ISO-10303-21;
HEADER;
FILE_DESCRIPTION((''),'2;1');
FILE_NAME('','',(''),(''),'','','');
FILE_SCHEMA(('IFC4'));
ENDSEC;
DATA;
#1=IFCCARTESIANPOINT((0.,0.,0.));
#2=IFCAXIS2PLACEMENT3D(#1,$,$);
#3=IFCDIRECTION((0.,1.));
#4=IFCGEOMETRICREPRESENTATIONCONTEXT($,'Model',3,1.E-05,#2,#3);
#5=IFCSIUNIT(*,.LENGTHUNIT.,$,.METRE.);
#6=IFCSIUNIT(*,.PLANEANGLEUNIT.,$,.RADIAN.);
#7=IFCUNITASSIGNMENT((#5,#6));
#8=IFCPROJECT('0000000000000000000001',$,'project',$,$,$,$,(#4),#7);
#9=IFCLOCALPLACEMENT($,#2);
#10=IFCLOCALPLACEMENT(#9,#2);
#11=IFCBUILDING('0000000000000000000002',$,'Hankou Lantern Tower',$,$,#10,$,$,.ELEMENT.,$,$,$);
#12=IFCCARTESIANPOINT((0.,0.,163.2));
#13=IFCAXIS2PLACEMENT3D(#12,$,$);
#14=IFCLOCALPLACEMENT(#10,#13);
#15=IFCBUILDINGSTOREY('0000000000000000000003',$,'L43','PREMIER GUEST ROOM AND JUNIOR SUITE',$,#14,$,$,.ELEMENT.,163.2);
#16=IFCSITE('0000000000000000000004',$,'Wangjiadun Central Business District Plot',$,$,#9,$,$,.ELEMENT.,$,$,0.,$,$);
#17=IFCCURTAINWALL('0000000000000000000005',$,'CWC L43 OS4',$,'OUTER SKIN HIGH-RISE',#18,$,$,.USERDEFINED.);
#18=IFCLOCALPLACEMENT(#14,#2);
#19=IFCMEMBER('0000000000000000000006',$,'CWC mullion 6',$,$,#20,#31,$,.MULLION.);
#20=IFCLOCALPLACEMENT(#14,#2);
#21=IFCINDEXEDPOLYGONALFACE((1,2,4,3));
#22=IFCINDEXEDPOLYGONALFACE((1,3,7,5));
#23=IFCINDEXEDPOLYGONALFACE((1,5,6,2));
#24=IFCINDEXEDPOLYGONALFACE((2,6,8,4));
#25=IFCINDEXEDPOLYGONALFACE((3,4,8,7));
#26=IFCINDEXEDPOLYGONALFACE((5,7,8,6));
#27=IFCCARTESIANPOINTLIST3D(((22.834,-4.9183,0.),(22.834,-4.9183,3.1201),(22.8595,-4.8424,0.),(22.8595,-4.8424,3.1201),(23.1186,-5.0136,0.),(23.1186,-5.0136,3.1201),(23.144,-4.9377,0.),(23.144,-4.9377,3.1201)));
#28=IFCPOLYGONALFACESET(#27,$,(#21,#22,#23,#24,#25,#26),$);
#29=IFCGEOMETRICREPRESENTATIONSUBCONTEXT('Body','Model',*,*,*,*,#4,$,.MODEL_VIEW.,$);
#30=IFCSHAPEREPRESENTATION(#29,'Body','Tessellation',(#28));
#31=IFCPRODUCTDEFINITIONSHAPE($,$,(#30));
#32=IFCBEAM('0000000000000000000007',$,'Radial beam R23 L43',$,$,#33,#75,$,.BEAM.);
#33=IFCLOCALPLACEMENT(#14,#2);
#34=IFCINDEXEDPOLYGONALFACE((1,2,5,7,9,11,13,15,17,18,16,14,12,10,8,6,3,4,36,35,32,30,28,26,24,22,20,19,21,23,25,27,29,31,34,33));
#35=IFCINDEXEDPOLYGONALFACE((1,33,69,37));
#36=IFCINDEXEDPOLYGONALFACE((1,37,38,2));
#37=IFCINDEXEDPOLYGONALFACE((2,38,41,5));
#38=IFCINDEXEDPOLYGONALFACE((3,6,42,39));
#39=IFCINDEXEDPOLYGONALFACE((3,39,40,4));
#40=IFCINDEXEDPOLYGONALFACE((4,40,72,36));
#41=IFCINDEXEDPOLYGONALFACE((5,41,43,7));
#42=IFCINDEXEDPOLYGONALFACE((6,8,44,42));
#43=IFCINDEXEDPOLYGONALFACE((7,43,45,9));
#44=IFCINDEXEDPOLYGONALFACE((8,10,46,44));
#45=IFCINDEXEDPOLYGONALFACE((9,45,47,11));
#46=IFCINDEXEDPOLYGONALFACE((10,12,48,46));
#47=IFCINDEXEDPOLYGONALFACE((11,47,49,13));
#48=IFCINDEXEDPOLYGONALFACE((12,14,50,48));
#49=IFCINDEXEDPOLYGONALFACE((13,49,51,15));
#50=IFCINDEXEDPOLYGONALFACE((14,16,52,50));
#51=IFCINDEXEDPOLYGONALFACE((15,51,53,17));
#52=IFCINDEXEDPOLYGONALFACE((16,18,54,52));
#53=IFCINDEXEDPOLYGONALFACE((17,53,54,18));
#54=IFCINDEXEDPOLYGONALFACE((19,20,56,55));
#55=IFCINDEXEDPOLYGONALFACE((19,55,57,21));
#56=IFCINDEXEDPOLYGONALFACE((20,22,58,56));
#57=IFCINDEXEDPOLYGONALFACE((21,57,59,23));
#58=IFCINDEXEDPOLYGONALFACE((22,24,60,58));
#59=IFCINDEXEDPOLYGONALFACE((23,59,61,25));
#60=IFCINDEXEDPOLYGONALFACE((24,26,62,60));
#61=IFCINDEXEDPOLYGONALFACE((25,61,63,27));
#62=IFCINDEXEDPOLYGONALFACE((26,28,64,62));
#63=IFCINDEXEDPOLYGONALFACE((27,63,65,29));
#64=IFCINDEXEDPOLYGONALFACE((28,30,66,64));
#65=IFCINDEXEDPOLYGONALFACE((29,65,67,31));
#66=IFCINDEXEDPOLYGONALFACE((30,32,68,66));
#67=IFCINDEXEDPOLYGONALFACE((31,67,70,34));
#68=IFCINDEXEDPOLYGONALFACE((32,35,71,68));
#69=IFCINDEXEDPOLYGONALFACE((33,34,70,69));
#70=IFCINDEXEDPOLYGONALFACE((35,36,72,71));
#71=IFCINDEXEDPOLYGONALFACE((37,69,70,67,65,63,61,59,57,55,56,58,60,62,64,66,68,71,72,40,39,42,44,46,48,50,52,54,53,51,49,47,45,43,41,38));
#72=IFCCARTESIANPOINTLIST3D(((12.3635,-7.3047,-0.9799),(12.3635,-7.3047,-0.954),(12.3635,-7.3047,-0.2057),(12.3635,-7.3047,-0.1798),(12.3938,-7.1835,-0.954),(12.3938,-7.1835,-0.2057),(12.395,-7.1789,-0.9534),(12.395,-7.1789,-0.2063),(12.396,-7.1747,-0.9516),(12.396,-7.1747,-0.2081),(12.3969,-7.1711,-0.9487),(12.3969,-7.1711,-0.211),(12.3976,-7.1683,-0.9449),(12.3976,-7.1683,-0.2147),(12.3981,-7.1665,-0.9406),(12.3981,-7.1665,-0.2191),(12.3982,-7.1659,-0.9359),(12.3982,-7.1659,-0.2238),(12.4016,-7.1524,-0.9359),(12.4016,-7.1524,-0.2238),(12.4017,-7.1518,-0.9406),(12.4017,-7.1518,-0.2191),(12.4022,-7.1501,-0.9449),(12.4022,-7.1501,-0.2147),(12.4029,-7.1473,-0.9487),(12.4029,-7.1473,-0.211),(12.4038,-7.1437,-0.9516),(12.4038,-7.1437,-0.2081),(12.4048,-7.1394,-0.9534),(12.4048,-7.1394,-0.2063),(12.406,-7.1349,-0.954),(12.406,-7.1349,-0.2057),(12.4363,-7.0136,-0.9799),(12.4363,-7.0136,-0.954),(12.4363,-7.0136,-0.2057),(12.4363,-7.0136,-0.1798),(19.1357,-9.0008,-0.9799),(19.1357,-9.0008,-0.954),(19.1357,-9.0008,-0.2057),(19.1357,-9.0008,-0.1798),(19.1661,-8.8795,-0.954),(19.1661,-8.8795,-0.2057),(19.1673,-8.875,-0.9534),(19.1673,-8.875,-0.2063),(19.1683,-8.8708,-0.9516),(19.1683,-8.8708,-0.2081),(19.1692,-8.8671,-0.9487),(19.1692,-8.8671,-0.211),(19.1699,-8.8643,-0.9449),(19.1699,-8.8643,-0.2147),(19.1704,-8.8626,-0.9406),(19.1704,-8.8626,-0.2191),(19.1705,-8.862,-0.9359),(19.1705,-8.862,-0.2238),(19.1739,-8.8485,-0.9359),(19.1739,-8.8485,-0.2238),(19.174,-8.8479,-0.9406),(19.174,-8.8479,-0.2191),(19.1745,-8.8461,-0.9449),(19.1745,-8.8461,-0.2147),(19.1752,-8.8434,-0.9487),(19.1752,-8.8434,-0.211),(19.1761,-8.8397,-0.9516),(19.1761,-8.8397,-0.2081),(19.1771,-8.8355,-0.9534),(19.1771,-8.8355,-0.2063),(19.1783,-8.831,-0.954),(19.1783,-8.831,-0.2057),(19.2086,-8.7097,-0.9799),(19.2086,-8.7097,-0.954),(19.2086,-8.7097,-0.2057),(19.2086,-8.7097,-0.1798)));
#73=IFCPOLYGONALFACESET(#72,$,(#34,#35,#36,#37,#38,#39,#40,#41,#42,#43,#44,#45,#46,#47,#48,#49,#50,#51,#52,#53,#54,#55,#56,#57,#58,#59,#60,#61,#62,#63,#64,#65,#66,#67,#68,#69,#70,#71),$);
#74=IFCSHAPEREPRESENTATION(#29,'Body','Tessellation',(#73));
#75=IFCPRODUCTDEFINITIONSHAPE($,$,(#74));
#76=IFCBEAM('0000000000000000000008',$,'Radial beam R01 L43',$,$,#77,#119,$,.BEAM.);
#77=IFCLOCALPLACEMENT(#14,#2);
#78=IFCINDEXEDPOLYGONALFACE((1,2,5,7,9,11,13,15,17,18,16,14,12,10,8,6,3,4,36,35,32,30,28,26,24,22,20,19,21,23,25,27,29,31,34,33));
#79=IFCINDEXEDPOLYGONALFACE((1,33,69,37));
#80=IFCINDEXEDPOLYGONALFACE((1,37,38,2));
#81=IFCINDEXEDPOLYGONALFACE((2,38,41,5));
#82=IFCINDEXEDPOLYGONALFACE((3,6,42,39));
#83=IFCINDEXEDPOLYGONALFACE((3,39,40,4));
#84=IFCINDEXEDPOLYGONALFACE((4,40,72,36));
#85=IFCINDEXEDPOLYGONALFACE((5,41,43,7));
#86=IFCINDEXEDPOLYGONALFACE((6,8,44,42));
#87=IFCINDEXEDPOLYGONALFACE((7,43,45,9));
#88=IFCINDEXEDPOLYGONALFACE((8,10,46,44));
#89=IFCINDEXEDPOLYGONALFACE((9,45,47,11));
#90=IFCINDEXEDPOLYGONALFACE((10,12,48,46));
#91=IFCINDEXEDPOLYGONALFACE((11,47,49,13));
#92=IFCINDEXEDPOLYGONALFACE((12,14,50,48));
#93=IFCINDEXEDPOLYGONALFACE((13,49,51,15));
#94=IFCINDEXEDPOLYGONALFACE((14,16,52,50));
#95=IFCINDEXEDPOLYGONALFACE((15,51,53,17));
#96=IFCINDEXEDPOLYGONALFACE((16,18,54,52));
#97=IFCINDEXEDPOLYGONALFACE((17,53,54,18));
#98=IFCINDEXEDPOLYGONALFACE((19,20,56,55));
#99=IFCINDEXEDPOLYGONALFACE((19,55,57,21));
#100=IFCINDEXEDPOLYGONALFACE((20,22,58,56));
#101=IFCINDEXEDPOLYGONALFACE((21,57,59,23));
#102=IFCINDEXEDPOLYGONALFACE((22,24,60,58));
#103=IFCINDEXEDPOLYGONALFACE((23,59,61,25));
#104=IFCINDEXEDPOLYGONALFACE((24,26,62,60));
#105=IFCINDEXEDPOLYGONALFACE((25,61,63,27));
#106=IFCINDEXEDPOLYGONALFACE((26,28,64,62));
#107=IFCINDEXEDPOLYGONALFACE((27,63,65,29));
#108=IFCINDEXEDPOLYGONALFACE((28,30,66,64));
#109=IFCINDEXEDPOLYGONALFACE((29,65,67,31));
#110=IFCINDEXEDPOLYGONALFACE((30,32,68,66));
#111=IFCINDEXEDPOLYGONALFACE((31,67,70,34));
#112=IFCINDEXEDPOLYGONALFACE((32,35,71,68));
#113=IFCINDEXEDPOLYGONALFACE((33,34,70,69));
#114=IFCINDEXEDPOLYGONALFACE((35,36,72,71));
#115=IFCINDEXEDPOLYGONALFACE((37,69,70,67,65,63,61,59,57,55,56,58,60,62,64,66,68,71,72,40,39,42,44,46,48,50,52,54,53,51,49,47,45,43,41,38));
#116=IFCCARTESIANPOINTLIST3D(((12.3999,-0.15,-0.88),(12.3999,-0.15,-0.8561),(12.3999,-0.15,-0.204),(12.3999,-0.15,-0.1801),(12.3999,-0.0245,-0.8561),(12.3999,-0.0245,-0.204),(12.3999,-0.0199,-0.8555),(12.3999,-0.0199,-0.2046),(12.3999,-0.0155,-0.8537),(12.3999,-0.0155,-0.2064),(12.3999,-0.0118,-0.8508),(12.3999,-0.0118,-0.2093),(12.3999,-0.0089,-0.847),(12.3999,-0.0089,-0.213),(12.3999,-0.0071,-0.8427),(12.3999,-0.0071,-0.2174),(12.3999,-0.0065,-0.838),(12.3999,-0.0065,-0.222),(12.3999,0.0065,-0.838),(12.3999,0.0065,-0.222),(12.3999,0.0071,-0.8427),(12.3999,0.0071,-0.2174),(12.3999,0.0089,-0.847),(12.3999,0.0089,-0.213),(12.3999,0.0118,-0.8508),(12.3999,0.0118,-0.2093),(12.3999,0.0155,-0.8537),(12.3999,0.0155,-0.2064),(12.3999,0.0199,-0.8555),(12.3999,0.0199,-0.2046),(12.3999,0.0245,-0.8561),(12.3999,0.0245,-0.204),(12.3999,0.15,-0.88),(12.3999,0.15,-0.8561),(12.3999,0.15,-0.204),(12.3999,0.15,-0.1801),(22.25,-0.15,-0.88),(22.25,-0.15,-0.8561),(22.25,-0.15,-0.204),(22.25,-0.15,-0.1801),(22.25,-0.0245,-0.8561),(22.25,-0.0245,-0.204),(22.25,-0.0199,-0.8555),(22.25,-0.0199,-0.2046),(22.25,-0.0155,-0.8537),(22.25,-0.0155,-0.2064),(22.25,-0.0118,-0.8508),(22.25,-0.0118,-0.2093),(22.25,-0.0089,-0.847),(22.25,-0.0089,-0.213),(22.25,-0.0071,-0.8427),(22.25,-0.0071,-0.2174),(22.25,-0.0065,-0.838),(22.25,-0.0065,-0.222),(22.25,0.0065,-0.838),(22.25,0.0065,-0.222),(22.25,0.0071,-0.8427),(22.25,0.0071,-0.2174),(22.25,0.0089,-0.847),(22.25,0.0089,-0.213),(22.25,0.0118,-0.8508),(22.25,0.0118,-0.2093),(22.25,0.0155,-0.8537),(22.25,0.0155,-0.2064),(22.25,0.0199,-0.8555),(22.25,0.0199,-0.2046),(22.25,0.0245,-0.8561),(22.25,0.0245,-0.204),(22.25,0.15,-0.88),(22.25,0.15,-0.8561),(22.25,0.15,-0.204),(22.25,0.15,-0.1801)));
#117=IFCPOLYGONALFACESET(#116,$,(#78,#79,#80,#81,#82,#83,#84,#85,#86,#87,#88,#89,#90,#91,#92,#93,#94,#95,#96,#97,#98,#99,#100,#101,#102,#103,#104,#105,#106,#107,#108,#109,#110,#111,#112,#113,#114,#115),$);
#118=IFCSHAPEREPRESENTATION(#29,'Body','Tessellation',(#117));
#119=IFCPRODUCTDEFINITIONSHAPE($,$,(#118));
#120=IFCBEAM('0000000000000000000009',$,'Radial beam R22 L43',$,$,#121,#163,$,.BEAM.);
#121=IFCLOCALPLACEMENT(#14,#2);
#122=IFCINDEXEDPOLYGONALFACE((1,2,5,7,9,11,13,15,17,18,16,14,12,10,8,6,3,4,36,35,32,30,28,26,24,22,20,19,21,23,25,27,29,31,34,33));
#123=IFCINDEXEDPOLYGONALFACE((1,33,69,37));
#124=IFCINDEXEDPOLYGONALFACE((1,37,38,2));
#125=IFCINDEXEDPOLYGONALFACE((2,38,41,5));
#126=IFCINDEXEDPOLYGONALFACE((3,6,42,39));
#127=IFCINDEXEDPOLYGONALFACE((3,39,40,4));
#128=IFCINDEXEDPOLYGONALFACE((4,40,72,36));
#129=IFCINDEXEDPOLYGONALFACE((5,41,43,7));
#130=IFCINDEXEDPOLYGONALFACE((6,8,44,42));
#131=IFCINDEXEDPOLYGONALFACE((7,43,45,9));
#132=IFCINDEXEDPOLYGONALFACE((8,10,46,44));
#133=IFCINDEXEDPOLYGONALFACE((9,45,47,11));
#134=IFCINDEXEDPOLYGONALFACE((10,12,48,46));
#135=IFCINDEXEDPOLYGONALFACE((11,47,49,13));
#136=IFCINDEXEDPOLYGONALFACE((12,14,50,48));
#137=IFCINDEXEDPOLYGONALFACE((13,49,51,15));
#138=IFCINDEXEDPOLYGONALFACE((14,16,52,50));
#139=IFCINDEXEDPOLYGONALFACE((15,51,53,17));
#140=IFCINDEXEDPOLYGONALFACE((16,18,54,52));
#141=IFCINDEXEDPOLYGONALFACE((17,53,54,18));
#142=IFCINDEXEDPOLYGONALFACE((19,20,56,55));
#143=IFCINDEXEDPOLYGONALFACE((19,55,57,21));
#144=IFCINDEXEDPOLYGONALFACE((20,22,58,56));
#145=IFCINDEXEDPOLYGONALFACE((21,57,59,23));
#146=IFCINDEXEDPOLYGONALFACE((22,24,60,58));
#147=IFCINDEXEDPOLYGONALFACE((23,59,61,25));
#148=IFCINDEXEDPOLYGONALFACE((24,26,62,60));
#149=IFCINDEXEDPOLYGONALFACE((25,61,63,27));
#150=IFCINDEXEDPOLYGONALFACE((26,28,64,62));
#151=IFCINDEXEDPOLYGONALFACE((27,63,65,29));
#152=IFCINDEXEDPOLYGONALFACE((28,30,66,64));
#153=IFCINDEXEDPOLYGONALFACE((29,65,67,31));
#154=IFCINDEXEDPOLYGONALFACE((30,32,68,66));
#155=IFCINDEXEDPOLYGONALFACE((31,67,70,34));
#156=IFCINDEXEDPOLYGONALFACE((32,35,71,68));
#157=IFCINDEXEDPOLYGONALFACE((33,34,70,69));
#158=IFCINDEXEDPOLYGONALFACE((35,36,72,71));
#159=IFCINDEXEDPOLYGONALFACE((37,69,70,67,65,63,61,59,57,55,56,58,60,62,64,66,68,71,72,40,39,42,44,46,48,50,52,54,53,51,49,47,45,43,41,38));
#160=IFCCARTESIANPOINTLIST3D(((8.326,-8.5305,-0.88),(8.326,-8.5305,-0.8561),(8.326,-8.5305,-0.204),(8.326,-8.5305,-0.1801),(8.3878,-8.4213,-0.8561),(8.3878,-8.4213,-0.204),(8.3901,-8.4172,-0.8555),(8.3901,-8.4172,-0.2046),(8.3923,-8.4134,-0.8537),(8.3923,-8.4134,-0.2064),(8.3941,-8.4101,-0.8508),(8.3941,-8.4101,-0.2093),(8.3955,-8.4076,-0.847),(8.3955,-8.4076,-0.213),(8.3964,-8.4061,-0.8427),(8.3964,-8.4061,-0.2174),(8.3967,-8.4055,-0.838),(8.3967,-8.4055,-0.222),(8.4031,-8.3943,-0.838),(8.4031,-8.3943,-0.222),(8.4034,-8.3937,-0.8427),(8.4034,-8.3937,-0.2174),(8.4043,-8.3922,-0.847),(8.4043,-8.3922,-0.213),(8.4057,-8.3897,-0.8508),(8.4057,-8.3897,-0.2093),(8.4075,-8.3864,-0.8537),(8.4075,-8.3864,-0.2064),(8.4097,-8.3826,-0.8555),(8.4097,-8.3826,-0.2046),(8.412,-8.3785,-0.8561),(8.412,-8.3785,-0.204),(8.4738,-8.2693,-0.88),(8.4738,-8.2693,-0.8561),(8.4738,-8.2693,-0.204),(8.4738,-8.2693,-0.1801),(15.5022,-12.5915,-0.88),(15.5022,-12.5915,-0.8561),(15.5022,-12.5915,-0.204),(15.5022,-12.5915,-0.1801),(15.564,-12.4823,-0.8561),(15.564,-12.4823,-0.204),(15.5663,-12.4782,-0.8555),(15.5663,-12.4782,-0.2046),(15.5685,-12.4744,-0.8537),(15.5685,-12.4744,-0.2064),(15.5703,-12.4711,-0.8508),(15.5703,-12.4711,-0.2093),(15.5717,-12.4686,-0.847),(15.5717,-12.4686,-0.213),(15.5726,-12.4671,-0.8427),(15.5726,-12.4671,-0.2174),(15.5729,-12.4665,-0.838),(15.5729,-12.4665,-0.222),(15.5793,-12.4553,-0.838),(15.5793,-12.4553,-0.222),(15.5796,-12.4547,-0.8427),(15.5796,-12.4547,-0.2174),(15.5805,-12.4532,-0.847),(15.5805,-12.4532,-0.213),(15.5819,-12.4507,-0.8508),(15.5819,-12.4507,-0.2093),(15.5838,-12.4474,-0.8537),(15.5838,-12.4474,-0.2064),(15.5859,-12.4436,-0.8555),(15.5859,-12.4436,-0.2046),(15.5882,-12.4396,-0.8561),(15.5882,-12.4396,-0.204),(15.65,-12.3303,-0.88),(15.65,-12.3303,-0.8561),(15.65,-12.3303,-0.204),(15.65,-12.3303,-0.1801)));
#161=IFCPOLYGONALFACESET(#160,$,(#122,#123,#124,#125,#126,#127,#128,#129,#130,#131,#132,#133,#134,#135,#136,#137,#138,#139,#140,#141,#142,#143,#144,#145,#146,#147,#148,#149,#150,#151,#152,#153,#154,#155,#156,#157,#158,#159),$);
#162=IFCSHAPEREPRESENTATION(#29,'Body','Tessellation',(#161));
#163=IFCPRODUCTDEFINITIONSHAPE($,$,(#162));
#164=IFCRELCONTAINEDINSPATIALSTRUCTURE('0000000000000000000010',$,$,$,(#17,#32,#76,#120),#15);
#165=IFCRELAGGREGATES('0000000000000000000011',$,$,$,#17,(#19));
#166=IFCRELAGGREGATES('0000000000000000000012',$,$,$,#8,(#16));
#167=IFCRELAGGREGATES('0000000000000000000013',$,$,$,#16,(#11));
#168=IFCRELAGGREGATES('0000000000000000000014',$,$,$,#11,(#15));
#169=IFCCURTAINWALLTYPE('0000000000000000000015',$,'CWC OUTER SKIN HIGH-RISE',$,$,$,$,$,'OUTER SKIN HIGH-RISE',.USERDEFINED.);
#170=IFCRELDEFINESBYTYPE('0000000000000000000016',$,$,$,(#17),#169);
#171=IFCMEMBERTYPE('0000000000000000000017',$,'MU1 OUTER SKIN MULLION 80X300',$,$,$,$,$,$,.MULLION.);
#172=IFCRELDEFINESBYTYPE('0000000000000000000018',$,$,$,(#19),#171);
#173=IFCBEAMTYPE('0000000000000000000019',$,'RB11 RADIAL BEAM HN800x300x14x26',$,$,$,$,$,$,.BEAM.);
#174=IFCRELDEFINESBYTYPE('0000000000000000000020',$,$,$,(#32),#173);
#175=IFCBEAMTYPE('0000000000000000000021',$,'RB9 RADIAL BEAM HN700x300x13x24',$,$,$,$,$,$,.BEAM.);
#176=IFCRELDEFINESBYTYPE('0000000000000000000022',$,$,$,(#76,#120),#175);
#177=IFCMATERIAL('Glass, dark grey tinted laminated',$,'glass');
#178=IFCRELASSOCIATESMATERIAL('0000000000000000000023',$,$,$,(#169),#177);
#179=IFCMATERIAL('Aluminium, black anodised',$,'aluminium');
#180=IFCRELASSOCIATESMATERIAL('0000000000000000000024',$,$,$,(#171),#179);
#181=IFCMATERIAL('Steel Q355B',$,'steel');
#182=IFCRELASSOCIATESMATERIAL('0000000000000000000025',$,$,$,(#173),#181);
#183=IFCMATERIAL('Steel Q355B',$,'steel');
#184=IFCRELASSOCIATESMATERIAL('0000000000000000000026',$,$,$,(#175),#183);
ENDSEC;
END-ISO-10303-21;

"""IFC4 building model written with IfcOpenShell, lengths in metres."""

from ifc_helpers import new_model, si_unit, direction, frame, origin, origin_2d, place, context, subcontext, project, spatial, rectangle, i_section, extrude, material, material_profile, profile_set, type_object, element, aggregate, save


model = new_model("IFC4")

# Units and contexts
model_context = context("Model", 3, precision=1e-05, world=origin(), true_north=direction((0.0, 1.0)))
body_context = subcontext(model_context, "Body", "Model", "MODEL_VIEW")
ifc_project = project(units=[si_unit("LENGTHUNIT", "METRE"), si_unit("PLANEANGLEUNIT", "RADIAN")], contexts=[model_context])

# Site, building, storey
site_placement = place(None, origin())
site = spatial("IfcSite", under=ifc_project, at=site_placement, Name="Wangjiadun Central Business District Plot", CompositionType="ELEMENT", RefElevation=0.0)
building_placement = place(site_placement, origin())
building = spatial("IfcBuilding", under=site, at=building_placement, Name="Hankou Lantern Tower", CompositionType="ELEMENT")
storey_placement = place(building_placement, frame((0.0, 0.0, 163.2)))
storey = spatial("IfcBuildingStorey", under=building, at=storey_placement, Name="L43", Description="PREMIER GUEST ROOM AND JUNIOR SUITE", CompositionType="ELEMENT", Elevation=163.2)

# Curtain wall, member
ifc_material_1 = material(Name="Glass, dark grey tinted laminated", Category="glass")
curtain_wall_type = type_object("IfcCurtainWallType", Name="CWC OUTER SKIN HIGH-RISE", ElementType="OUTER SKIN HIGH-RISE", PredefinedType="USERDEFINED", material=ifc_material_1)
curtain_wall_placement = place(storey_placement, origin())
curtain_wall = element("IfcCurtainWall", 1, at=curtain_wall_placement, inside=storey, type_object=curtain_wall_type, Name="CWC L43 OS4", ObjectType="OUTER SKIN HIGH-RISE", PredefinedType="USERDEFINED")
ifc_material_2 = material(Name="Aluminium, black anodised", Category="aluminium")
ifc_material_profile_1 = material_profile(ifc_material_2, rectangle(XDim=0.0801, YDim=0.3, at=origin_2d()), Name="MU1 80X300")
ifc_profile_set_1 = profile_set([ifc_material_profile_1], Name="Aluminium, black anodised")
member_type_1 = type_object("IfcMemberType", Name="MU1 OUTER SKIN MULLION 80X300", PredefinedType="MULLION", material=ifc_profile_set_1)
member_1_placement = place(storey_placement, frame((22.989, -4.928, 0.0), z_axis=(0.0, 0.0, 1.0), x_axis=(0.317596, 0.948226, 0.0)))
member_1 = element("IfcMember", 2, at=member_1_placement, type_object=member_type_1, Name="CWC mullion 6", PredefinedType="MULLION", context=body_context, shape_type="SweptSolid", body=[
    extrude(rectangle(XDim=0.0801, YDim=0.3, at=origin_2d()), origin(), (0.0, 0.0, 1.0), 3.1201),
])

# Beams
ifc_material_3 = material(Name="Steel Q355B", Category="steel")
ifc_material_profile_2 = material_profile(ifc_material_3, i_section(OverallWidth=0.3, OverallDepth=0.8, WebThickness=0.0139, FlangeThickness=0.0259, FilletRadius=0.0181, at=origin_2d()), Name="HN800x300x14x26")
ifc_profile_set_2 = profile_set([ifc_material_profile_2], Name="Steel Q355B")
beam_type_1 = type_object("IfcBeamType", Name="RB11 RADIAL BEAM HN800x300x14x26", PredefinedType="BEAM", material=ifc_profile_set_2)
beam_1_placement = place(storey_placement, frame((12.3999, -7.1592, -0.5798), z_axis=(0.970042, -0.242939, 0.0), x_axis=(0.242939, 0.970042, 0.0)))
element("IfcBeam", 3, at=beam_1_placement, inside=storey, type_object=beam_type_1, Name="Radial beam R23 L43", PredefinedType="BEAM", context=body_context, shape_type="SweptSolid", body=[
    extrude(i_section(OverallWidth=0.3, OverallDepth=0.8, WebThickness=0.0139, FlangeThickness=0.0259, FilletRadius=0.0181, at=origin_2d()), origin(), (0.0, 0.0, 1.0), 6.9814),
])
ifc_material_4 = material(Name="Steel Q355B", Category="steel")
ifc_material_profile_3 = material_profile(ifc_material_4, i_section(OverallWidth=0.3, OverallDepth=0.7, WebThickness=0.0129, FlangeThickness=0.0239, FilletRadius=0.0181, at=origin_2d()), Name="HN700x300x13x24")
ifc_profile_set_3 = profile_set([ifc_material_profile_3], Name="Steel Q355B")
beam_type_2 = type_object("IfcBeamType", Name="RB9 RADIAL BEAM HN700x300x13x24", PredefinedType="BEAM", material=ifc_profile_set_3)
beam_2_placement = place(storey_placement, frame((12.3999, 0.0, -0.53), z_axis=(1.0, 0.0, 0.0), x_axis=(0.0, 1.0, 0.0)))
element("IfcBeam", 4, at=beam_2_placement, inside=storey, type_object=beam_type_2, Name="Radial beam R01 L43", PredefinedType="BEAM", context=body_context, shape_type="SweptSolid", body=[
    extrude(i_section(OverallWidth=0.3, OverallDepth=0.7, WebThickness=0.0129, FlangeThickness=0.0239, FilletRadius=0.0181, at=origin_2d()), origin(), (0.0, 0.0, 1.0), 9.8501),
])
beam_3_placement = place(storey_placement, frame((8.3999, -8.3999, -0.53), z_axis=(0.870309, -0.492506, 0.0), x_axis=(0.492506, 0.870309, 0.0)))
element("IfcBeam", 5, at=beam_3_placement, inside=storey, type_object=beam_type_2, Name="Radial beam R22 L43", PredefinedType="BEAM", context=body_context, shape_type="SweptSolid", body=[
    extrude(i_section(OverallWidth=0.3, OverallDepth=0.7, WebThickness=0.0129, FlangeThickness=0.0239, FilletRadius=0.0181, at=origin_2d()), origin(), (0.0, 0.0, 1.0), 8.2456),
])

aggregate(curtain_wall, [member_1])

save(model, "model.ifc")
